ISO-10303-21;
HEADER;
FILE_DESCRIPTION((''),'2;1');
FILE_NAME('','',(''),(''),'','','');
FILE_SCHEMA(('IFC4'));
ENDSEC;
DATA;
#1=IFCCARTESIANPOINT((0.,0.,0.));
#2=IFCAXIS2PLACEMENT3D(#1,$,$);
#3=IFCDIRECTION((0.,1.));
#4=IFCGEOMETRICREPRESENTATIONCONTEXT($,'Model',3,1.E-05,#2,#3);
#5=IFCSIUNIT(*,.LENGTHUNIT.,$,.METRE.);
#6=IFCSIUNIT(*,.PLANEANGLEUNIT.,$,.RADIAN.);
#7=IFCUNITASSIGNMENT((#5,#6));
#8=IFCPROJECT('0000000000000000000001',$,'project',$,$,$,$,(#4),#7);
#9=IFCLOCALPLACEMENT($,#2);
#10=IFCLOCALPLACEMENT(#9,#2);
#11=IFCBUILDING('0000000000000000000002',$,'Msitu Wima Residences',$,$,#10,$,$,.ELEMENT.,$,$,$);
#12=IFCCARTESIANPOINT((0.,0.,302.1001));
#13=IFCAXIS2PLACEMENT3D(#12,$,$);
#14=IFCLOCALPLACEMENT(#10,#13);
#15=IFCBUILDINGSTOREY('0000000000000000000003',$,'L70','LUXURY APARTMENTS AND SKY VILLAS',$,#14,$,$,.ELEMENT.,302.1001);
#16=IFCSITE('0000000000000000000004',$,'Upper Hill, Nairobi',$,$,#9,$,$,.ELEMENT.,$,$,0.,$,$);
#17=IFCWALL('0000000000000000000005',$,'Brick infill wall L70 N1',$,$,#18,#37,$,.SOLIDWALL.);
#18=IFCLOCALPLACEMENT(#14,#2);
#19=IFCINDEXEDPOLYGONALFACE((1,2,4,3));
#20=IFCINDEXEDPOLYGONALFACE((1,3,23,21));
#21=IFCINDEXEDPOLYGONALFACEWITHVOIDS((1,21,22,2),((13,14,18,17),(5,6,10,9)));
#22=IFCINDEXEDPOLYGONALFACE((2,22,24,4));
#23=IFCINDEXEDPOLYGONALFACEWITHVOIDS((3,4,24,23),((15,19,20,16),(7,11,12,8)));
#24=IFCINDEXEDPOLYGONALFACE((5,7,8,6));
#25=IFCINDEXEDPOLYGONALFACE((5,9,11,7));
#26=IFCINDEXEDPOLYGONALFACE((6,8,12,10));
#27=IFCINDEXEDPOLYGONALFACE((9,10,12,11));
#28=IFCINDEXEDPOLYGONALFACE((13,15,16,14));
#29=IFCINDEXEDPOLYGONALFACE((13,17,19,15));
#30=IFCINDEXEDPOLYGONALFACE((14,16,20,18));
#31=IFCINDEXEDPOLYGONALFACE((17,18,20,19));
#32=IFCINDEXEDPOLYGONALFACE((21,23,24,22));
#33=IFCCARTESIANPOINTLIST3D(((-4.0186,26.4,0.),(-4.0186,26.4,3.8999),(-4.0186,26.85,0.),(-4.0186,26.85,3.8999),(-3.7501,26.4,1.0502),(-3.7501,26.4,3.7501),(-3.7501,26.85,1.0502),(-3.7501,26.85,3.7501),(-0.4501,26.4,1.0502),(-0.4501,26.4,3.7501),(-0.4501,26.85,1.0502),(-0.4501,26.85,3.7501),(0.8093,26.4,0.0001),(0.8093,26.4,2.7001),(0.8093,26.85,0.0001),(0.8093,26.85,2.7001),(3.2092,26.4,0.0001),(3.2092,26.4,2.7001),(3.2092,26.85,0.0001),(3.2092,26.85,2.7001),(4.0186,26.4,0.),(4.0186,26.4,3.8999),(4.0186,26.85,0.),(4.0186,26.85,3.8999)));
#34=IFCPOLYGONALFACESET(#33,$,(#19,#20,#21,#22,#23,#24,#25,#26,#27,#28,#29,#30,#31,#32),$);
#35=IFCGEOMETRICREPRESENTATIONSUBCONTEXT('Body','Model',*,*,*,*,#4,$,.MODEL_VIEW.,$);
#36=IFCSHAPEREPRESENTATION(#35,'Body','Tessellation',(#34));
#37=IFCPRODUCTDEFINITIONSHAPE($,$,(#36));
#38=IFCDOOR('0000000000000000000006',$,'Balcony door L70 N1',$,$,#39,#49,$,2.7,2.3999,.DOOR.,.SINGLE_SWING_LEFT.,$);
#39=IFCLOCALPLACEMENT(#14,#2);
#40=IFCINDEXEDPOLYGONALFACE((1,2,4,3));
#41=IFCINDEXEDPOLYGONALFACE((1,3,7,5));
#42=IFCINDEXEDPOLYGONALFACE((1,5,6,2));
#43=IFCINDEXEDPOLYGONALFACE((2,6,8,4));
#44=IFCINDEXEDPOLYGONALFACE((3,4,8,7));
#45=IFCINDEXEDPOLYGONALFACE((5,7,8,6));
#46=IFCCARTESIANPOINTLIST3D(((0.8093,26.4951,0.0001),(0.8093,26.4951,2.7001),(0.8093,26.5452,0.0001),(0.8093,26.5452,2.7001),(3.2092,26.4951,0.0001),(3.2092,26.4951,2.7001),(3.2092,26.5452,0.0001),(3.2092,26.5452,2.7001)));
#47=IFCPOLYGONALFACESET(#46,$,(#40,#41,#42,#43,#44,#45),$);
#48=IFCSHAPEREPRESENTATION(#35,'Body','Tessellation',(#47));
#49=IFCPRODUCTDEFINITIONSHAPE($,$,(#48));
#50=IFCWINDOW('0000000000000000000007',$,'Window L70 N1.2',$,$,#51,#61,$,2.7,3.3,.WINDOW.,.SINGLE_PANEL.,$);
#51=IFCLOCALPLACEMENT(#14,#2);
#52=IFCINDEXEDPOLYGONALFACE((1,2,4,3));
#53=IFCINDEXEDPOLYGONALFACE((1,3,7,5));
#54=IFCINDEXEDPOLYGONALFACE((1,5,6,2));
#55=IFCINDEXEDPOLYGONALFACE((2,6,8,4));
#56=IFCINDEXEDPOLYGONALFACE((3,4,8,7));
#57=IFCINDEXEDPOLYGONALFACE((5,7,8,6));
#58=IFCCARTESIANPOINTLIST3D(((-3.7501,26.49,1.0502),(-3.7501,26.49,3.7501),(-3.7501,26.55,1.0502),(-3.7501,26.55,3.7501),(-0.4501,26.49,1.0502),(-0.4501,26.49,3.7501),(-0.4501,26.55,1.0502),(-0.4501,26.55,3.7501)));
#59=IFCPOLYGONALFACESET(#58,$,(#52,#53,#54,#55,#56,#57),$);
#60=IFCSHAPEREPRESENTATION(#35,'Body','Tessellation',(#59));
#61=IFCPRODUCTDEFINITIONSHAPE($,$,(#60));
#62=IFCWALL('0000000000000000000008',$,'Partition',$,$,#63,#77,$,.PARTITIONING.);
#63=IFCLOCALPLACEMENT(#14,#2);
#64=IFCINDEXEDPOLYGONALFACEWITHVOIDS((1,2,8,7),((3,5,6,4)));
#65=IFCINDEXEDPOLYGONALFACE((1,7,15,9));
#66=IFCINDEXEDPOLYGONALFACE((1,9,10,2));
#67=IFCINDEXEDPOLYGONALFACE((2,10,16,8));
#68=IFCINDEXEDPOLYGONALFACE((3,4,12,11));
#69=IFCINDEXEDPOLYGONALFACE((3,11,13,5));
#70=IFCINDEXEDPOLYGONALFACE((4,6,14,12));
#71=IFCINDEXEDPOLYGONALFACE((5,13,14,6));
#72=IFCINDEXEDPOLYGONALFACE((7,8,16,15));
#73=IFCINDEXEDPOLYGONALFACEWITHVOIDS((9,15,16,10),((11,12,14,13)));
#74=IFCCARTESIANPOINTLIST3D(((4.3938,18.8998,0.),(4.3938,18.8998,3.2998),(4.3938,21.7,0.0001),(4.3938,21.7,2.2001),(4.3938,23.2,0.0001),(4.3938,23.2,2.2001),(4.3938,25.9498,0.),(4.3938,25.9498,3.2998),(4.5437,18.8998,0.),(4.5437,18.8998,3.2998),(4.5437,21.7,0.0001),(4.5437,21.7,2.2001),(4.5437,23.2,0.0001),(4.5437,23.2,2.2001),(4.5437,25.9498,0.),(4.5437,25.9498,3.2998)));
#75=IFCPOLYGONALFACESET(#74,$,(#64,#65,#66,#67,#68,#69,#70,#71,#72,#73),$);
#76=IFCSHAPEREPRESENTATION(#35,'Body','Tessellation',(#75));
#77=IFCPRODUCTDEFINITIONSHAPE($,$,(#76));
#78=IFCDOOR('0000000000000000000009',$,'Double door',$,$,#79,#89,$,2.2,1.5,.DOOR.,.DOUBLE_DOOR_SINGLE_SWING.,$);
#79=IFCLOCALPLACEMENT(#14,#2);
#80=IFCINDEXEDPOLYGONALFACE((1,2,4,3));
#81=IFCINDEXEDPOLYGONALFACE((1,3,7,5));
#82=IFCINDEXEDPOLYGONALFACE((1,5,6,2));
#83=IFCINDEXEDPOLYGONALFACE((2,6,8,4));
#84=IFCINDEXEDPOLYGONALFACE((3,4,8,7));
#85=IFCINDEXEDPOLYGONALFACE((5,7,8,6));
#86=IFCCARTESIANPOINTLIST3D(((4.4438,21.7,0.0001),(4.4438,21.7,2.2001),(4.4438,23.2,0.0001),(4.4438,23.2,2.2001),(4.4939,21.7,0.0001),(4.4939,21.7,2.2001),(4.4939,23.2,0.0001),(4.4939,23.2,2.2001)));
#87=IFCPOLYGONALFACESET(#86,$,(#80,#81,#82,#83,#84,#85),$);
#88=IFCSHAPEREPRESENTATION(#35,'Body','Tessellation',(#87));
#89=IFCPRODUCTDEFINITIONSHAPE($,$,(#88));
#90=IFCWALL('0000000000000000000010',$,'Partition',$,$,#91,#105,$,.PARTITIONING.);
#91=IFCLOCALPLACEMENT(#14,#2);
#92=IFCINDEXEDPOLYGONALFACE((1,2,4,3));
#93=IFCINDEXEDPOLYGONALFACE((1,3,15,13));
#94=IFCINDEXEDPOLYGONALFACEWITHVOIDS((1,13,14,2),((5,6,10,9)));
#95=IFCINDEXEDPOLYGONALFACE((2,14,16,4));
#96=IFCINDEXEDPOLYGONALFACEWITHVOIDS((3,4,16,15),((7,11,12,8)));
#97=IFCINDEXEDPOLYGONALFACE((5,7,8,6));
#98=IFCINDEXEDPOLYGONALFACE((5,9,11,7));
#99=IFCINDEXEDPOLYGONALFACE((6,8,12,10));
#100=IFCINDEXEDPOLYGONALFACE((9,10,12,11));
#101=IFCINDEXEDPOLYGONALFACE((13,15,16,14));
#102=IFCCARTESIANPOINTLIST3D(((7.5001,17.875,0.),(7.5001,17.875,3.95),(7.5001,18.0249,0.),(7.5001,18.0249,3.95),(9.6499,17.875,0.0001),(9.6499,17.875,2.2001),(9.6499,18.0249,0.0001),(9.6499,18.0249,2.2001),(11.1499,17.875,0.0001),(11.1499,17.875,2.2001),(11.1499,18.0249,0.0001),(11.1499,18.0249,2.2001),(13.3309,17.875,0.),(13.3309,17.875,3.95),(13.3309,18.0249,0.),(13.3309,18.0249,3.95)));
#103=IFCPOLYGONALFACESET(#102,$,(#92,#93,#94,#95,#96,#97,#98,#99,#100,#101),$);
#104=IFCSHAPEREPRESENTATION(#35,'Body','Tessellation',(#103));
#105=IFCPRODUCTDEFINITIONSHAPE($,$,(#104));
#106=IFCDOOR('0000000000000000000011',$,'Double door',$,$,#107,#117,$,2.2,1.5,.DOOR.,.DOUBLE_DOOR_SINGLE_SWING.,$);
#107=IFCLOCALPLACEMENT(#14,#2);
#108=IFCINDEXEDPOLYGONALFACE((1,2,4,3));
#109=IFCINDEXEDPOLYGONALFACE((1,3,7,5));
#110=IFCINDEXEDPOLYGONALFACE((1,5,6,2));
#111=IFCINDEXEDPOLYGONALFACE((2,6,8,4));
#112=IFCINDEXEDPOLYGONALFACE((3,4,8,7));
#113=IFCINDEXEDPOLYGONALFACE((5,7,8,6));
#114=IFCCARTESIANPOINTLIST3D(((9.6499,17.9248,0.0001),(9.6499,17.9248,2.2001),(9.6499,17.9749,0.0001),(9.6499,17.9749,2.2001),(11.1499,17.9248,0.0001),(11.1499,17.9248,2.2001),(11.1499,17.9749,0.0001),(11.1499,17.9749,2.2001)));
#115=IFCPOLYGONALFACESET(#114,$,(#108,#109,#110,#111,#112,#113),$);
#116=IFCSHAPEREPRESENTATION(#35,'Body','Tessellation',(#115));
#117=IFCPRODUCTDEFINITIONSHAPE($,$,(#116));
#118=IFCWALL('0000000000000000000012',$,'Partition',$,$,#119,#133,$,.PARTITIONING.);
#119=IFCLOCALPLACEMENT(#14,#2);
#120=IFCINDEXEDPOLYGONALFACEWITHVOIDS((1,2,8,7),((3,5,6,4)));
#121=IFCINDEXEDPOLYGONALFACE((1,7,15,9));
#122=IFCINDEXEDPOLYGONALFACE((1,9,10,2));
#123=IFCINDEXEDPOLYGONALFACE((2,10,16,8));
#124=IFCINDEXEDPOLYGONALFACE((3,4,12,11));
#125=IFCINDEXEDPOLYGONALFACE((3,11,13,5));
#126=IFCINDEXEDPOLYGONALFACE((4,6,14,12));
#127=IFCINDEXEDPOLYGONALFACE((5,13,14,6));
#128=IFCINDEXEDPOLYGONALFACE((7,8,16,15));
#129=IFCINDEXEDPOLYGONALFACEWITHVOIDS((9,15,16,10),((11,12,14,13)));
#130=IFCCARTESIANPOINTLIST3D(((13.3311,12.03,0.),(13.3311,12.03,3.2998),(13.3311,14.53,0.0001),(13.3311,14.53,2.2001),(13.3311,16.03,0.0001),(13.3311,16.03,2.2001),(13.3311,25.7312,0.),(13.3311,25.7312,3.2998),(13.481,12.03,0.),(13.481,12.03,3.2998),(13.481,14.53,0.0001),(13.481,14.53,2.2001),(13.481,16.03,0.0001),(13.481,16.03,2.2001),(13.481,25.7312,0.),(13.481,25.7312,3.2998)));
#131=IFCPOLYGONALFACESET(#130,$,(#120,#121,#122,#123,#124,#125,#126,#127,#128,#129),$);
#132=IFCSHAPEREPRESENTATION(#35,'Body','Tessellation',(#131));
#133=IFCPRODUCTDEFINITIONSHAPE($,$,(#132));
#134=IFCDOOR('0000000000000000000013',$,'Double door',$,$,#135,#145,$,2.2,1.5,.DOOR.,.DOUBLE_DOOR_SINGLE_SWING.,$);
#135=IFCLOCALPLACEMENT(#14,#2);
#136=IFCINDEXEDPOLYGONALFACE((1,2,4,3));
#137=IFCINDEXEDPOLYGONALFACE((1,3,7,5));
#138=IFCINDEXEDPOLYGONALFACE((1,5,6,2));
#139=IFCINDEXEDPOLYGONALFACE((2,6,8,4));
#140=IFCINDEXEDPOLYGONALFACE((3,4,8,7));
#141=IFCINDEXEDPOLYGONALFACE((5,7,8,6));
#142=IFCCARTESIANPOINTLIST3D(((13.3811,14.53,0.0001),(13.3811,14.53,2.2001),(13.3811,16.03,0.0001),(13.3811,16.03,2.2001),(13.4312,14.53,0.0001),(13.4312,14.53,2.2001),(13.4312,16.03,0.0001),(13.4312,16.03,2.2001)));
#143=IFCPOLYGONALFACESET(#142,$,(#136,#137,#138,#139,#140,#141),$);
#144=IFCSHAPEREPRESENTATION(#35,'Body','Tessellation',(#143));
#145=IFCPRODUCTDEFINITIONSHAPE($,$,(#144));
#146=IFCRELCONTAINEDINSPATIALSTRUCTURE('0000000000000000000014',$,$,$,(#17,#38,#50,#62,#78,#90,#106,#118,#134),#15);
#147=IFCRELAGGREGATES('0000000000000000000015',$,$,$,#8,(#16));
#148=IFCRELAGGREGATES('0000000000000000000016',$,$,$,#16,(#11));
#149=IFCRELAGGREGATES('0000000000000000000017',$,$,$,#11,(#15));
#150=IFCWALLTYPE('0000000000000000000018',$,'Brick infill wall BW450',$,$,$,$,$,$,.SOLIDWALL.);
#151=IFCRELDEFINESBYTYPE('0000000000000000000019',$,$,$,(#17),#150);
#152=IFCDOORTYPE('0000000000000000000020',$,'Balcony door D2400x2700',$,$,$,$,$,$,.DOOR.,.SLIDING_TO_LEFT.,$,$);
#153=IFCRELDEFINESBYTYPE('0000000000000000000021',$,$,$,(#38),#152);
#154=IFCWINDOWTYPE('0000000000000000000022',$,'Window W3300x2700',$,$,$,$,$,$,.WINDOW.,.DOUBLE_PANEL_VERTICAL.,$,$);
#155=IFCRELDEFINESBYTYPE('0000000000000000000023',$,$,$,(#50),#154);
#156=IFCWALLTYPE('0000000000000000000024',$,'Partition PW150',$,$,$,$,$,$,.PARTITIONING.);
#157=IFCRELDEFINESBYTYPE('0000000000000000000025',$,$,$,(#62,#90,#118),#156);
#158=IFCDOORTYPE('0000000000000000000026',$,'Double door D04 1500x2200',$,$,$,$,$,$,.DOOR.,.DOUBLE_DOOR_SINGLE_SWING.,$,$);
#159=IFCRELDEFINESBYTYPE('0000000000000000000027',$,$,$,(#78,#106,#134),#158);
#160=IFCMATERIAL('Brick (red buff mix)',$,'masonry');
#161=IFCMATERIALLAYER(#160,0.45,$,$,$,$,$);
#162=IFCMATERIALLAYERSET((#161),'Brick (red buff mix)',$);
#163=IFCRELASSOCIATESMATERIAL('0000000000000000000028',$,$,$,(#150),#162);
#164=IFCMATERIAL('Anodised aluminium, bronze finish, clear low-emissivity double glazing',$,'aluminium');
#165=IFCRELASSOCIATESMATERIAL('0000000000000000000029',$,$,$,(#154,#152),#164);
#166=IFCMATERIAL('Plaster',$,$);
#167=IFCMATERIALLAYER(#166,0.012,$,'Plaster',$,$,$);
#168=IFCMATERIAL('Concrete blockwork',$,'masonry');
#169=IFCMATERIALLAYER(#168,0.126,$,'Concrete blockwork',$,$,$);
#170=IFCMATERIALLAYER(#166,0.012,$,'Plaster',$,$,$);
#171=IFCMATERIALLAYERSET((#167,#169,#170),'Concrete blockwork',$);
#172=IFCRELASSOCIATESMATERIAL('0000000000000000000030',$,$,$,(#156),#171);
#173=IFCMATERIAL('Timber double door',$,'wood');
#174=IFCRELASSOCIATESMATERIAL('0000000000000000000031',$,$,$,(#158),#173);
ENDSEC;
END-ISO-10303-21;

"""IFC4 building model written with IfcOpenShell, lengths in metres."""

from ifc_helpers import new_model, si_unit, direction, frame, frame_2d, origin, place, context, subcontext, project, spatial, rectangle, extrude, material, layer, layer_set, type_object, element, fill, save


model = new_model("IFC4")

# Units and contexts
model_context = context("Model", 3, precision=1e-05, world=origin(), true_north=direction((0.0, 1.0)))
body_context = subcontext(model_context, "Body", "Model", "MODEL_VIEW")
ifc_project = project(units=[si_unit("LENGTHUNIT", "METRE"), si_unit("PLANEANGLEUNIT", "RADIAN")], contexts=[model_context])

# Site, building, storey
site_placement = place(None, origin())
site = spatial("IfcSite", under=ifc_project, at=site_placement, Name="Upper Hill, Nairobi", CompositionType="ELEMENT", RefElevation=0.0)
building_placement = place(site_placement, origin())
building = spatial("IfcBuilding", under=site, at=building_placement, Name="Msitu Wima Residences", CompositionType="ELEMENT")
storey_placement = place(building_placement, frame((0.0, 0.0, 302.1001)))
storey = spatial("IfcBuildingStorey", under=building, at=storey_placement, Name="L70", Description="LUXURY APARTMENTS AND SKY VILLAS", CompositionType="ELEMENT", Elevation=302.1001)

# Shared definitions
ifc_material_1 = material(Name="Brick (red buff mix)", Category="masonry")
ifc_layer_1 = layer(ifc_material_1, 0.45)
ifc_layer_set_1 = layer_set([ifc_layer_1], Name="Brick (red buff mix)")
wall_type_1 = type_object("IfcWallType", Name="Brick infill wall BW450", PredefinedType="SOLIDWALL", material=ifc_layer_set_1)
ifc_material_2 = material(Name="Anodised aluminium, bronze finish, clear low-emissivity double glazing", Category="aluminium")
window_type = type_object("IfcWindowType", Name="Window W3300x2700", PartitioningType="DOUBLE_PANEL_VERTICAL", PredefinedType="WINDOW", material=ifc_material_2)

# Wall, openings, door, window
wall_1_placement = place(storey_placement, frame((4.0186, 26.625, 0.0), z_axis=(0.0, 0.0, 1.0), x_axis=(-1.0, 0.0, 0.0)))
wall_1 = element("IfcWall", 1, at=wall_1_placement, inside=storey, type_object=wall_type_1, Name="Brick infill wall L70 N1", PredefinedType="SOLIDWALL", context=body_context, shape_type="SweptSolid", body=[
    extrude(rectangle(XDim=8.0371, YDim=0.45, at=frame_2d((4.0186, 0.0))), origin(), (0.0, 0.0, 1.0), 3.8999),
])
opening_1_placement = place(wall_1_placement, frame((0.8093, 0.0, 0.0)))
opening_1 = element("IfcOpeningElement", 2, at=opening_1_placement, cuts=wall_1, PredefinedType="OPENING", context=body_context, shape_type="SweptSolid", body=[
    extrude(rectangle(XDim=2.3999, YDim=2.7, at=frame_2d((1.2, 1.3501))), frame((0.0, 0.2349, 0.0), z_axis=(0.0, -1.0, 0.0), x_axis=(1.0, 0.0, 0.0)), (0.0, 0.0, 1.0), 0.47),
])
opening_2_placement = place(wall_1_placement, frame((4.4688, 0.0, 1.05)))
opening_2 = element("IfcOpeningElement", 3, at=opening_2_placement, cuts=wall_1, PredefinedType="OPENING", context=body_context, shape_type="SweptSolid", body=[
    extrude(rectangle(XDim=3.3, YDim=2.7, at=frame_2d((1.6499, 1.3501))), frame((0.0, 0.2349, 0.0), z_axis=(0.0, -1.0, 0.0), x_axis=(1.0, 0.0, 0.0)), (0.0, 0.0, 1.0), 0.47),
])
door_type_1 = type_object("IfcDoorType", Name="Balcony door D2400x2700", OperationType="SLIDING_TO_LEFT", PredefinedType="DOOR", material=ifc_material_2)
door_1_placement = place(opening_1_placement, origin())
door_1 = element("IfcDoor", 4, at=door_1_placement, inside=storey, type_object=door_type_1, Name="Balcony door L70 N1", OperationType="SINGLE_SWING_LEFT", OverallHeight=2.7, OverallWidth=2.3999, PredefinedType="DOOR", context=body_context, shape_type="SweptSolid", body=[
    extrude(rectangle(XDim=2.3999, YDim=2.7, at=frame_2d((1.2, 1.3501))), frame((0.0, 0.1299, 0.0), z_axis=(0.0, -1.0, 0.0), x_axis=(1.0, 0.0, 0.0)), (0.0, 0.0, 1.0), 0.05),
])
fill(opening_1, door_1)
window_1_placement = place(opening_2_placement, origin())
window_1 = element("IfcWindow", 5, at=window_1_placement, inside=storey, type_object=window_type, Name="Window L70 N1.2", OverallHeight=2.7, OverallWidth=3.3, PartitioningType="SINGLE_PANEL", PredefinedType="WINDOW", context=body_context, shape_type="SweptSolid", body=[
    extrude(rectangle(XDim=3.3, YDim=2.7, at=frame_2d((1.6499, 1.3501))), frame((0.0, 0.135, 0.0), z_axis=(0.0, -1.0, 0.0), x_axis=(1.0, 0.0, 0.0)), (0.0, 0.0, 1.0), 0.0601),
])
fill(opening_2, window_1)

# Walls, openings, doors
ifc_material_3 = material(Name="Plaster")
ifc_layer_2 = layer(ifc_material_3, 0.012, Name="Plaster")
ifc_material_4 = material(Name="Concrete blockwork", Category="masonry")
ifc_layer_3 = layer(ifc_material_4, 0.126, Name="Concrete blockwork")
ifc_layer_4 = layer(ifc_material_3, 0.012, Name="Plaster")
ifc_layer_set_2 = layer_set([ifc_layer_2, ifc_layer_3, ifc_layer_4], Name="Concrete blockwork")
wall_type_2 = type_object("IfcWallType", Name="Partition PW150", PredefinedType="PARTITIONING", material=ifc_layer_set_2)
wall_2_placement = place(storey_placement, frame((4.4688, 18.8999, 0.0), z_axis=(0.0, 0.0, 1.0), x_axis=(0.0, 1.0, 0.0)))
wall_2 = element("IfcWall", 6, at=wall_2_placement, inside=storey, type_object=wall_type_2, Name="Partition", PredefinedType="PARTITIONING", context=body_context, shape_type="SweptSolid", body=[
    extrude(rectangle(XDim=7.05, YDim=0.1499, at=frame_2d((3.5249, 0.0))), origin(), (0.0, 0.0, 1.0), 3.2998),
])
opening_3_placement = place(wall_2_placement, frame((2.8, 0.0, 0.0)))
opening_3 = element("IfcOpeningElement", 7, at=opening_3_placement, cuts=wall_2, PredefinedType="OPENING", context=body_context, shape_type="SweptSolid", body=[
    extrude(rectangle(XDim=1.5, YDim=2.2, at=frame_2d((0.75, 1.1001))), frame((0.0, 0.085, 0.0), z_axis=(0.0, -1.0, 0.0), x_axis=(1.0, 0.0, 0.0)), (0.0, 0.0, 1.0), 0.1699),
])
ifc_material_5 = material(Name="Timber double door", Category="wood")
door_type_2 = type_object("IfcDoorType", Name="Double door D04 1500x2200", OperationType="DOUBLE_DOOR_SINGLE_SWING", PredefinedType="DOOR", material=ifc_material_5)
door_2_placement = place(opening_3_placement, origin())
door_2 = element("IfcDoor", 8, at=door_2_placement, inside=storey, type_object=door_type_2, Name="Double door", OperationType="DOUBLE_DOOR_SINGLE_SWING", OverallHeight=2.2, OverallWidth=1.5, PredefinedType="DOOR", context=body_context, shape_type="SweptSolid", body=[
    extrude(rectangle(XDim=1.5, YDim=2.2, at=frame_2d((0.75, 1.1001))), frame((0.0, 0.0249, 0.0), z_axis=(0.0, -1.0, 0.0), x_axis=(1.0, 0.0, 0.0)), (0.0, 0.0, 1.0), 0.05),
])
fill(opening_3, door_2)
wall_3_placement = place(storey_placement, frame((7.5, 17.95, 0.0), z_axis=(0.0, 0.0, 1.0), x_axis=(1.0, 0.0, 0.0)))
wall_3 = element("IfcWall", 9, at=wall_3_placement, inside=storey, type_object=wall_type_2, Name="Partition", PredefinedType="PARTITIONING", context=body_context, shape_type="SweptSolid", body=[
    extrude(rectangle(XDim=5.8308, YDim=0.1499, at=frame_2d((2.9155, 0.0))), origin(), (0.0, 0.0, 1.0), 3.95),
])
opening_4_placement = place(wall_3_placement, frame((2.1499, 0.0, 0.0)))
opening_4 = element("IfcOpeningElement", 10, at=opening_4_placement, cuts=wall_3, PredefinedType="OPENING", context=body_context, shape_type="SweptSolid", body=[
    extrude(rectangle(XDim=1.5, YDim=2.2, at=frame_2d((0.75, 1.1001))), frame((0.0, 0.085, 0.0), z_axis=(0.0, -1.0, 0.0), x_axis=(1.0, 0.0, 0.0)), (0.0, 0.0, 1.0), 0.1699),
])
door_3_placement = place(opening_4_placement, origin())
door_3 = element("IfcDoor", 11, at=door_3_placement, inside=storey, type_object=door_type_2, Name="Double door", OperationType="DOUBLE_DOOR_SINGLE_SWING", OverallHeight=2.2, OverallWidth=1.5, PredefinedType="DOOR", context=body_context, shape_type="SweptSolid", body=[
    extrude(rectangle(XDim=1.5, YDim=2.2, at=frame_2d((0.75, 1.1001))), frame((0.0, 0.0249, 0.0), z_axis=(0.0, -1.0, 0.0), x_axis=(1.0, 0.0, 0.0)), (0.0, 0.0, 1.0), 0.05),
])
fill(opening_4, door_3)
wall_4_placement = place(storey_placement, frame((13.406, 12.03, 0.0), z_axis=(0.0, 0.0, 1.0), x_axis=(0.0, 1.0, 0.0)))
wall_4 = element("IfcWall", 12, at=wall_4_placement, inside=storey, type_object=wall_type_2, Name="Partition", PredefinedType="PARTITIONING", context=body_context, shape_type="SweptSolid", body=[
    extrude(rectangle(XDim=13.7012, YDim=0.1499, at=frame_2d((6.8506, 0.0))), origin(), (0.0, 0.0, 1.0), 3.2998),
])
opening_5_placement = place(wall_4_placement, frame((2.5, 0.0, 0.0)))
opening_5 = element("IfcOpeningElement", 13, at=opening_5_placement, cuts=wall_4, PredefinedType="OPENING", context=body_context, shape_type="SweptSolid", body=[
    extrude(rectangle(XDim=1.5, YDim=2.2, at=frame_2d((0.75, 1.1001))), frame((0.0, 0.085, 0.0), z_axis=(0.0, -1.0, 0.0), x_axis=(1.0, 0.0, 0.0)), (0.0, 0.0, 1.0), 0.1699),
])
door_4_placement = place(opening_5_placement, origin())
door_4 = element("IfcDoor", 14, at=door_4_placement, inside=storey, type_object=door_type_2, Name="Double door", OperationType="DOUBLE_DOOR_SINGLE_SWING", OverallHeight=2.2, OverallWidth=1.5, PredefinedType="DOOR", context=body_context, shape_type="SweptSolid", body=[
    extrude(rectangle(XDim=1.5, YDim=2.2, at=frame_2d((0.75, 1.1001))), frame((0.0, 0.0249, 0.0), z_axis=(0.0, -1.0, 0.0), x_axis=(1.0, 0.0, 0.0)), (0.0, 0.0, 1.0), 0.05),
])
fill(opening_5, door_4)

save(model, "model.ifc")
